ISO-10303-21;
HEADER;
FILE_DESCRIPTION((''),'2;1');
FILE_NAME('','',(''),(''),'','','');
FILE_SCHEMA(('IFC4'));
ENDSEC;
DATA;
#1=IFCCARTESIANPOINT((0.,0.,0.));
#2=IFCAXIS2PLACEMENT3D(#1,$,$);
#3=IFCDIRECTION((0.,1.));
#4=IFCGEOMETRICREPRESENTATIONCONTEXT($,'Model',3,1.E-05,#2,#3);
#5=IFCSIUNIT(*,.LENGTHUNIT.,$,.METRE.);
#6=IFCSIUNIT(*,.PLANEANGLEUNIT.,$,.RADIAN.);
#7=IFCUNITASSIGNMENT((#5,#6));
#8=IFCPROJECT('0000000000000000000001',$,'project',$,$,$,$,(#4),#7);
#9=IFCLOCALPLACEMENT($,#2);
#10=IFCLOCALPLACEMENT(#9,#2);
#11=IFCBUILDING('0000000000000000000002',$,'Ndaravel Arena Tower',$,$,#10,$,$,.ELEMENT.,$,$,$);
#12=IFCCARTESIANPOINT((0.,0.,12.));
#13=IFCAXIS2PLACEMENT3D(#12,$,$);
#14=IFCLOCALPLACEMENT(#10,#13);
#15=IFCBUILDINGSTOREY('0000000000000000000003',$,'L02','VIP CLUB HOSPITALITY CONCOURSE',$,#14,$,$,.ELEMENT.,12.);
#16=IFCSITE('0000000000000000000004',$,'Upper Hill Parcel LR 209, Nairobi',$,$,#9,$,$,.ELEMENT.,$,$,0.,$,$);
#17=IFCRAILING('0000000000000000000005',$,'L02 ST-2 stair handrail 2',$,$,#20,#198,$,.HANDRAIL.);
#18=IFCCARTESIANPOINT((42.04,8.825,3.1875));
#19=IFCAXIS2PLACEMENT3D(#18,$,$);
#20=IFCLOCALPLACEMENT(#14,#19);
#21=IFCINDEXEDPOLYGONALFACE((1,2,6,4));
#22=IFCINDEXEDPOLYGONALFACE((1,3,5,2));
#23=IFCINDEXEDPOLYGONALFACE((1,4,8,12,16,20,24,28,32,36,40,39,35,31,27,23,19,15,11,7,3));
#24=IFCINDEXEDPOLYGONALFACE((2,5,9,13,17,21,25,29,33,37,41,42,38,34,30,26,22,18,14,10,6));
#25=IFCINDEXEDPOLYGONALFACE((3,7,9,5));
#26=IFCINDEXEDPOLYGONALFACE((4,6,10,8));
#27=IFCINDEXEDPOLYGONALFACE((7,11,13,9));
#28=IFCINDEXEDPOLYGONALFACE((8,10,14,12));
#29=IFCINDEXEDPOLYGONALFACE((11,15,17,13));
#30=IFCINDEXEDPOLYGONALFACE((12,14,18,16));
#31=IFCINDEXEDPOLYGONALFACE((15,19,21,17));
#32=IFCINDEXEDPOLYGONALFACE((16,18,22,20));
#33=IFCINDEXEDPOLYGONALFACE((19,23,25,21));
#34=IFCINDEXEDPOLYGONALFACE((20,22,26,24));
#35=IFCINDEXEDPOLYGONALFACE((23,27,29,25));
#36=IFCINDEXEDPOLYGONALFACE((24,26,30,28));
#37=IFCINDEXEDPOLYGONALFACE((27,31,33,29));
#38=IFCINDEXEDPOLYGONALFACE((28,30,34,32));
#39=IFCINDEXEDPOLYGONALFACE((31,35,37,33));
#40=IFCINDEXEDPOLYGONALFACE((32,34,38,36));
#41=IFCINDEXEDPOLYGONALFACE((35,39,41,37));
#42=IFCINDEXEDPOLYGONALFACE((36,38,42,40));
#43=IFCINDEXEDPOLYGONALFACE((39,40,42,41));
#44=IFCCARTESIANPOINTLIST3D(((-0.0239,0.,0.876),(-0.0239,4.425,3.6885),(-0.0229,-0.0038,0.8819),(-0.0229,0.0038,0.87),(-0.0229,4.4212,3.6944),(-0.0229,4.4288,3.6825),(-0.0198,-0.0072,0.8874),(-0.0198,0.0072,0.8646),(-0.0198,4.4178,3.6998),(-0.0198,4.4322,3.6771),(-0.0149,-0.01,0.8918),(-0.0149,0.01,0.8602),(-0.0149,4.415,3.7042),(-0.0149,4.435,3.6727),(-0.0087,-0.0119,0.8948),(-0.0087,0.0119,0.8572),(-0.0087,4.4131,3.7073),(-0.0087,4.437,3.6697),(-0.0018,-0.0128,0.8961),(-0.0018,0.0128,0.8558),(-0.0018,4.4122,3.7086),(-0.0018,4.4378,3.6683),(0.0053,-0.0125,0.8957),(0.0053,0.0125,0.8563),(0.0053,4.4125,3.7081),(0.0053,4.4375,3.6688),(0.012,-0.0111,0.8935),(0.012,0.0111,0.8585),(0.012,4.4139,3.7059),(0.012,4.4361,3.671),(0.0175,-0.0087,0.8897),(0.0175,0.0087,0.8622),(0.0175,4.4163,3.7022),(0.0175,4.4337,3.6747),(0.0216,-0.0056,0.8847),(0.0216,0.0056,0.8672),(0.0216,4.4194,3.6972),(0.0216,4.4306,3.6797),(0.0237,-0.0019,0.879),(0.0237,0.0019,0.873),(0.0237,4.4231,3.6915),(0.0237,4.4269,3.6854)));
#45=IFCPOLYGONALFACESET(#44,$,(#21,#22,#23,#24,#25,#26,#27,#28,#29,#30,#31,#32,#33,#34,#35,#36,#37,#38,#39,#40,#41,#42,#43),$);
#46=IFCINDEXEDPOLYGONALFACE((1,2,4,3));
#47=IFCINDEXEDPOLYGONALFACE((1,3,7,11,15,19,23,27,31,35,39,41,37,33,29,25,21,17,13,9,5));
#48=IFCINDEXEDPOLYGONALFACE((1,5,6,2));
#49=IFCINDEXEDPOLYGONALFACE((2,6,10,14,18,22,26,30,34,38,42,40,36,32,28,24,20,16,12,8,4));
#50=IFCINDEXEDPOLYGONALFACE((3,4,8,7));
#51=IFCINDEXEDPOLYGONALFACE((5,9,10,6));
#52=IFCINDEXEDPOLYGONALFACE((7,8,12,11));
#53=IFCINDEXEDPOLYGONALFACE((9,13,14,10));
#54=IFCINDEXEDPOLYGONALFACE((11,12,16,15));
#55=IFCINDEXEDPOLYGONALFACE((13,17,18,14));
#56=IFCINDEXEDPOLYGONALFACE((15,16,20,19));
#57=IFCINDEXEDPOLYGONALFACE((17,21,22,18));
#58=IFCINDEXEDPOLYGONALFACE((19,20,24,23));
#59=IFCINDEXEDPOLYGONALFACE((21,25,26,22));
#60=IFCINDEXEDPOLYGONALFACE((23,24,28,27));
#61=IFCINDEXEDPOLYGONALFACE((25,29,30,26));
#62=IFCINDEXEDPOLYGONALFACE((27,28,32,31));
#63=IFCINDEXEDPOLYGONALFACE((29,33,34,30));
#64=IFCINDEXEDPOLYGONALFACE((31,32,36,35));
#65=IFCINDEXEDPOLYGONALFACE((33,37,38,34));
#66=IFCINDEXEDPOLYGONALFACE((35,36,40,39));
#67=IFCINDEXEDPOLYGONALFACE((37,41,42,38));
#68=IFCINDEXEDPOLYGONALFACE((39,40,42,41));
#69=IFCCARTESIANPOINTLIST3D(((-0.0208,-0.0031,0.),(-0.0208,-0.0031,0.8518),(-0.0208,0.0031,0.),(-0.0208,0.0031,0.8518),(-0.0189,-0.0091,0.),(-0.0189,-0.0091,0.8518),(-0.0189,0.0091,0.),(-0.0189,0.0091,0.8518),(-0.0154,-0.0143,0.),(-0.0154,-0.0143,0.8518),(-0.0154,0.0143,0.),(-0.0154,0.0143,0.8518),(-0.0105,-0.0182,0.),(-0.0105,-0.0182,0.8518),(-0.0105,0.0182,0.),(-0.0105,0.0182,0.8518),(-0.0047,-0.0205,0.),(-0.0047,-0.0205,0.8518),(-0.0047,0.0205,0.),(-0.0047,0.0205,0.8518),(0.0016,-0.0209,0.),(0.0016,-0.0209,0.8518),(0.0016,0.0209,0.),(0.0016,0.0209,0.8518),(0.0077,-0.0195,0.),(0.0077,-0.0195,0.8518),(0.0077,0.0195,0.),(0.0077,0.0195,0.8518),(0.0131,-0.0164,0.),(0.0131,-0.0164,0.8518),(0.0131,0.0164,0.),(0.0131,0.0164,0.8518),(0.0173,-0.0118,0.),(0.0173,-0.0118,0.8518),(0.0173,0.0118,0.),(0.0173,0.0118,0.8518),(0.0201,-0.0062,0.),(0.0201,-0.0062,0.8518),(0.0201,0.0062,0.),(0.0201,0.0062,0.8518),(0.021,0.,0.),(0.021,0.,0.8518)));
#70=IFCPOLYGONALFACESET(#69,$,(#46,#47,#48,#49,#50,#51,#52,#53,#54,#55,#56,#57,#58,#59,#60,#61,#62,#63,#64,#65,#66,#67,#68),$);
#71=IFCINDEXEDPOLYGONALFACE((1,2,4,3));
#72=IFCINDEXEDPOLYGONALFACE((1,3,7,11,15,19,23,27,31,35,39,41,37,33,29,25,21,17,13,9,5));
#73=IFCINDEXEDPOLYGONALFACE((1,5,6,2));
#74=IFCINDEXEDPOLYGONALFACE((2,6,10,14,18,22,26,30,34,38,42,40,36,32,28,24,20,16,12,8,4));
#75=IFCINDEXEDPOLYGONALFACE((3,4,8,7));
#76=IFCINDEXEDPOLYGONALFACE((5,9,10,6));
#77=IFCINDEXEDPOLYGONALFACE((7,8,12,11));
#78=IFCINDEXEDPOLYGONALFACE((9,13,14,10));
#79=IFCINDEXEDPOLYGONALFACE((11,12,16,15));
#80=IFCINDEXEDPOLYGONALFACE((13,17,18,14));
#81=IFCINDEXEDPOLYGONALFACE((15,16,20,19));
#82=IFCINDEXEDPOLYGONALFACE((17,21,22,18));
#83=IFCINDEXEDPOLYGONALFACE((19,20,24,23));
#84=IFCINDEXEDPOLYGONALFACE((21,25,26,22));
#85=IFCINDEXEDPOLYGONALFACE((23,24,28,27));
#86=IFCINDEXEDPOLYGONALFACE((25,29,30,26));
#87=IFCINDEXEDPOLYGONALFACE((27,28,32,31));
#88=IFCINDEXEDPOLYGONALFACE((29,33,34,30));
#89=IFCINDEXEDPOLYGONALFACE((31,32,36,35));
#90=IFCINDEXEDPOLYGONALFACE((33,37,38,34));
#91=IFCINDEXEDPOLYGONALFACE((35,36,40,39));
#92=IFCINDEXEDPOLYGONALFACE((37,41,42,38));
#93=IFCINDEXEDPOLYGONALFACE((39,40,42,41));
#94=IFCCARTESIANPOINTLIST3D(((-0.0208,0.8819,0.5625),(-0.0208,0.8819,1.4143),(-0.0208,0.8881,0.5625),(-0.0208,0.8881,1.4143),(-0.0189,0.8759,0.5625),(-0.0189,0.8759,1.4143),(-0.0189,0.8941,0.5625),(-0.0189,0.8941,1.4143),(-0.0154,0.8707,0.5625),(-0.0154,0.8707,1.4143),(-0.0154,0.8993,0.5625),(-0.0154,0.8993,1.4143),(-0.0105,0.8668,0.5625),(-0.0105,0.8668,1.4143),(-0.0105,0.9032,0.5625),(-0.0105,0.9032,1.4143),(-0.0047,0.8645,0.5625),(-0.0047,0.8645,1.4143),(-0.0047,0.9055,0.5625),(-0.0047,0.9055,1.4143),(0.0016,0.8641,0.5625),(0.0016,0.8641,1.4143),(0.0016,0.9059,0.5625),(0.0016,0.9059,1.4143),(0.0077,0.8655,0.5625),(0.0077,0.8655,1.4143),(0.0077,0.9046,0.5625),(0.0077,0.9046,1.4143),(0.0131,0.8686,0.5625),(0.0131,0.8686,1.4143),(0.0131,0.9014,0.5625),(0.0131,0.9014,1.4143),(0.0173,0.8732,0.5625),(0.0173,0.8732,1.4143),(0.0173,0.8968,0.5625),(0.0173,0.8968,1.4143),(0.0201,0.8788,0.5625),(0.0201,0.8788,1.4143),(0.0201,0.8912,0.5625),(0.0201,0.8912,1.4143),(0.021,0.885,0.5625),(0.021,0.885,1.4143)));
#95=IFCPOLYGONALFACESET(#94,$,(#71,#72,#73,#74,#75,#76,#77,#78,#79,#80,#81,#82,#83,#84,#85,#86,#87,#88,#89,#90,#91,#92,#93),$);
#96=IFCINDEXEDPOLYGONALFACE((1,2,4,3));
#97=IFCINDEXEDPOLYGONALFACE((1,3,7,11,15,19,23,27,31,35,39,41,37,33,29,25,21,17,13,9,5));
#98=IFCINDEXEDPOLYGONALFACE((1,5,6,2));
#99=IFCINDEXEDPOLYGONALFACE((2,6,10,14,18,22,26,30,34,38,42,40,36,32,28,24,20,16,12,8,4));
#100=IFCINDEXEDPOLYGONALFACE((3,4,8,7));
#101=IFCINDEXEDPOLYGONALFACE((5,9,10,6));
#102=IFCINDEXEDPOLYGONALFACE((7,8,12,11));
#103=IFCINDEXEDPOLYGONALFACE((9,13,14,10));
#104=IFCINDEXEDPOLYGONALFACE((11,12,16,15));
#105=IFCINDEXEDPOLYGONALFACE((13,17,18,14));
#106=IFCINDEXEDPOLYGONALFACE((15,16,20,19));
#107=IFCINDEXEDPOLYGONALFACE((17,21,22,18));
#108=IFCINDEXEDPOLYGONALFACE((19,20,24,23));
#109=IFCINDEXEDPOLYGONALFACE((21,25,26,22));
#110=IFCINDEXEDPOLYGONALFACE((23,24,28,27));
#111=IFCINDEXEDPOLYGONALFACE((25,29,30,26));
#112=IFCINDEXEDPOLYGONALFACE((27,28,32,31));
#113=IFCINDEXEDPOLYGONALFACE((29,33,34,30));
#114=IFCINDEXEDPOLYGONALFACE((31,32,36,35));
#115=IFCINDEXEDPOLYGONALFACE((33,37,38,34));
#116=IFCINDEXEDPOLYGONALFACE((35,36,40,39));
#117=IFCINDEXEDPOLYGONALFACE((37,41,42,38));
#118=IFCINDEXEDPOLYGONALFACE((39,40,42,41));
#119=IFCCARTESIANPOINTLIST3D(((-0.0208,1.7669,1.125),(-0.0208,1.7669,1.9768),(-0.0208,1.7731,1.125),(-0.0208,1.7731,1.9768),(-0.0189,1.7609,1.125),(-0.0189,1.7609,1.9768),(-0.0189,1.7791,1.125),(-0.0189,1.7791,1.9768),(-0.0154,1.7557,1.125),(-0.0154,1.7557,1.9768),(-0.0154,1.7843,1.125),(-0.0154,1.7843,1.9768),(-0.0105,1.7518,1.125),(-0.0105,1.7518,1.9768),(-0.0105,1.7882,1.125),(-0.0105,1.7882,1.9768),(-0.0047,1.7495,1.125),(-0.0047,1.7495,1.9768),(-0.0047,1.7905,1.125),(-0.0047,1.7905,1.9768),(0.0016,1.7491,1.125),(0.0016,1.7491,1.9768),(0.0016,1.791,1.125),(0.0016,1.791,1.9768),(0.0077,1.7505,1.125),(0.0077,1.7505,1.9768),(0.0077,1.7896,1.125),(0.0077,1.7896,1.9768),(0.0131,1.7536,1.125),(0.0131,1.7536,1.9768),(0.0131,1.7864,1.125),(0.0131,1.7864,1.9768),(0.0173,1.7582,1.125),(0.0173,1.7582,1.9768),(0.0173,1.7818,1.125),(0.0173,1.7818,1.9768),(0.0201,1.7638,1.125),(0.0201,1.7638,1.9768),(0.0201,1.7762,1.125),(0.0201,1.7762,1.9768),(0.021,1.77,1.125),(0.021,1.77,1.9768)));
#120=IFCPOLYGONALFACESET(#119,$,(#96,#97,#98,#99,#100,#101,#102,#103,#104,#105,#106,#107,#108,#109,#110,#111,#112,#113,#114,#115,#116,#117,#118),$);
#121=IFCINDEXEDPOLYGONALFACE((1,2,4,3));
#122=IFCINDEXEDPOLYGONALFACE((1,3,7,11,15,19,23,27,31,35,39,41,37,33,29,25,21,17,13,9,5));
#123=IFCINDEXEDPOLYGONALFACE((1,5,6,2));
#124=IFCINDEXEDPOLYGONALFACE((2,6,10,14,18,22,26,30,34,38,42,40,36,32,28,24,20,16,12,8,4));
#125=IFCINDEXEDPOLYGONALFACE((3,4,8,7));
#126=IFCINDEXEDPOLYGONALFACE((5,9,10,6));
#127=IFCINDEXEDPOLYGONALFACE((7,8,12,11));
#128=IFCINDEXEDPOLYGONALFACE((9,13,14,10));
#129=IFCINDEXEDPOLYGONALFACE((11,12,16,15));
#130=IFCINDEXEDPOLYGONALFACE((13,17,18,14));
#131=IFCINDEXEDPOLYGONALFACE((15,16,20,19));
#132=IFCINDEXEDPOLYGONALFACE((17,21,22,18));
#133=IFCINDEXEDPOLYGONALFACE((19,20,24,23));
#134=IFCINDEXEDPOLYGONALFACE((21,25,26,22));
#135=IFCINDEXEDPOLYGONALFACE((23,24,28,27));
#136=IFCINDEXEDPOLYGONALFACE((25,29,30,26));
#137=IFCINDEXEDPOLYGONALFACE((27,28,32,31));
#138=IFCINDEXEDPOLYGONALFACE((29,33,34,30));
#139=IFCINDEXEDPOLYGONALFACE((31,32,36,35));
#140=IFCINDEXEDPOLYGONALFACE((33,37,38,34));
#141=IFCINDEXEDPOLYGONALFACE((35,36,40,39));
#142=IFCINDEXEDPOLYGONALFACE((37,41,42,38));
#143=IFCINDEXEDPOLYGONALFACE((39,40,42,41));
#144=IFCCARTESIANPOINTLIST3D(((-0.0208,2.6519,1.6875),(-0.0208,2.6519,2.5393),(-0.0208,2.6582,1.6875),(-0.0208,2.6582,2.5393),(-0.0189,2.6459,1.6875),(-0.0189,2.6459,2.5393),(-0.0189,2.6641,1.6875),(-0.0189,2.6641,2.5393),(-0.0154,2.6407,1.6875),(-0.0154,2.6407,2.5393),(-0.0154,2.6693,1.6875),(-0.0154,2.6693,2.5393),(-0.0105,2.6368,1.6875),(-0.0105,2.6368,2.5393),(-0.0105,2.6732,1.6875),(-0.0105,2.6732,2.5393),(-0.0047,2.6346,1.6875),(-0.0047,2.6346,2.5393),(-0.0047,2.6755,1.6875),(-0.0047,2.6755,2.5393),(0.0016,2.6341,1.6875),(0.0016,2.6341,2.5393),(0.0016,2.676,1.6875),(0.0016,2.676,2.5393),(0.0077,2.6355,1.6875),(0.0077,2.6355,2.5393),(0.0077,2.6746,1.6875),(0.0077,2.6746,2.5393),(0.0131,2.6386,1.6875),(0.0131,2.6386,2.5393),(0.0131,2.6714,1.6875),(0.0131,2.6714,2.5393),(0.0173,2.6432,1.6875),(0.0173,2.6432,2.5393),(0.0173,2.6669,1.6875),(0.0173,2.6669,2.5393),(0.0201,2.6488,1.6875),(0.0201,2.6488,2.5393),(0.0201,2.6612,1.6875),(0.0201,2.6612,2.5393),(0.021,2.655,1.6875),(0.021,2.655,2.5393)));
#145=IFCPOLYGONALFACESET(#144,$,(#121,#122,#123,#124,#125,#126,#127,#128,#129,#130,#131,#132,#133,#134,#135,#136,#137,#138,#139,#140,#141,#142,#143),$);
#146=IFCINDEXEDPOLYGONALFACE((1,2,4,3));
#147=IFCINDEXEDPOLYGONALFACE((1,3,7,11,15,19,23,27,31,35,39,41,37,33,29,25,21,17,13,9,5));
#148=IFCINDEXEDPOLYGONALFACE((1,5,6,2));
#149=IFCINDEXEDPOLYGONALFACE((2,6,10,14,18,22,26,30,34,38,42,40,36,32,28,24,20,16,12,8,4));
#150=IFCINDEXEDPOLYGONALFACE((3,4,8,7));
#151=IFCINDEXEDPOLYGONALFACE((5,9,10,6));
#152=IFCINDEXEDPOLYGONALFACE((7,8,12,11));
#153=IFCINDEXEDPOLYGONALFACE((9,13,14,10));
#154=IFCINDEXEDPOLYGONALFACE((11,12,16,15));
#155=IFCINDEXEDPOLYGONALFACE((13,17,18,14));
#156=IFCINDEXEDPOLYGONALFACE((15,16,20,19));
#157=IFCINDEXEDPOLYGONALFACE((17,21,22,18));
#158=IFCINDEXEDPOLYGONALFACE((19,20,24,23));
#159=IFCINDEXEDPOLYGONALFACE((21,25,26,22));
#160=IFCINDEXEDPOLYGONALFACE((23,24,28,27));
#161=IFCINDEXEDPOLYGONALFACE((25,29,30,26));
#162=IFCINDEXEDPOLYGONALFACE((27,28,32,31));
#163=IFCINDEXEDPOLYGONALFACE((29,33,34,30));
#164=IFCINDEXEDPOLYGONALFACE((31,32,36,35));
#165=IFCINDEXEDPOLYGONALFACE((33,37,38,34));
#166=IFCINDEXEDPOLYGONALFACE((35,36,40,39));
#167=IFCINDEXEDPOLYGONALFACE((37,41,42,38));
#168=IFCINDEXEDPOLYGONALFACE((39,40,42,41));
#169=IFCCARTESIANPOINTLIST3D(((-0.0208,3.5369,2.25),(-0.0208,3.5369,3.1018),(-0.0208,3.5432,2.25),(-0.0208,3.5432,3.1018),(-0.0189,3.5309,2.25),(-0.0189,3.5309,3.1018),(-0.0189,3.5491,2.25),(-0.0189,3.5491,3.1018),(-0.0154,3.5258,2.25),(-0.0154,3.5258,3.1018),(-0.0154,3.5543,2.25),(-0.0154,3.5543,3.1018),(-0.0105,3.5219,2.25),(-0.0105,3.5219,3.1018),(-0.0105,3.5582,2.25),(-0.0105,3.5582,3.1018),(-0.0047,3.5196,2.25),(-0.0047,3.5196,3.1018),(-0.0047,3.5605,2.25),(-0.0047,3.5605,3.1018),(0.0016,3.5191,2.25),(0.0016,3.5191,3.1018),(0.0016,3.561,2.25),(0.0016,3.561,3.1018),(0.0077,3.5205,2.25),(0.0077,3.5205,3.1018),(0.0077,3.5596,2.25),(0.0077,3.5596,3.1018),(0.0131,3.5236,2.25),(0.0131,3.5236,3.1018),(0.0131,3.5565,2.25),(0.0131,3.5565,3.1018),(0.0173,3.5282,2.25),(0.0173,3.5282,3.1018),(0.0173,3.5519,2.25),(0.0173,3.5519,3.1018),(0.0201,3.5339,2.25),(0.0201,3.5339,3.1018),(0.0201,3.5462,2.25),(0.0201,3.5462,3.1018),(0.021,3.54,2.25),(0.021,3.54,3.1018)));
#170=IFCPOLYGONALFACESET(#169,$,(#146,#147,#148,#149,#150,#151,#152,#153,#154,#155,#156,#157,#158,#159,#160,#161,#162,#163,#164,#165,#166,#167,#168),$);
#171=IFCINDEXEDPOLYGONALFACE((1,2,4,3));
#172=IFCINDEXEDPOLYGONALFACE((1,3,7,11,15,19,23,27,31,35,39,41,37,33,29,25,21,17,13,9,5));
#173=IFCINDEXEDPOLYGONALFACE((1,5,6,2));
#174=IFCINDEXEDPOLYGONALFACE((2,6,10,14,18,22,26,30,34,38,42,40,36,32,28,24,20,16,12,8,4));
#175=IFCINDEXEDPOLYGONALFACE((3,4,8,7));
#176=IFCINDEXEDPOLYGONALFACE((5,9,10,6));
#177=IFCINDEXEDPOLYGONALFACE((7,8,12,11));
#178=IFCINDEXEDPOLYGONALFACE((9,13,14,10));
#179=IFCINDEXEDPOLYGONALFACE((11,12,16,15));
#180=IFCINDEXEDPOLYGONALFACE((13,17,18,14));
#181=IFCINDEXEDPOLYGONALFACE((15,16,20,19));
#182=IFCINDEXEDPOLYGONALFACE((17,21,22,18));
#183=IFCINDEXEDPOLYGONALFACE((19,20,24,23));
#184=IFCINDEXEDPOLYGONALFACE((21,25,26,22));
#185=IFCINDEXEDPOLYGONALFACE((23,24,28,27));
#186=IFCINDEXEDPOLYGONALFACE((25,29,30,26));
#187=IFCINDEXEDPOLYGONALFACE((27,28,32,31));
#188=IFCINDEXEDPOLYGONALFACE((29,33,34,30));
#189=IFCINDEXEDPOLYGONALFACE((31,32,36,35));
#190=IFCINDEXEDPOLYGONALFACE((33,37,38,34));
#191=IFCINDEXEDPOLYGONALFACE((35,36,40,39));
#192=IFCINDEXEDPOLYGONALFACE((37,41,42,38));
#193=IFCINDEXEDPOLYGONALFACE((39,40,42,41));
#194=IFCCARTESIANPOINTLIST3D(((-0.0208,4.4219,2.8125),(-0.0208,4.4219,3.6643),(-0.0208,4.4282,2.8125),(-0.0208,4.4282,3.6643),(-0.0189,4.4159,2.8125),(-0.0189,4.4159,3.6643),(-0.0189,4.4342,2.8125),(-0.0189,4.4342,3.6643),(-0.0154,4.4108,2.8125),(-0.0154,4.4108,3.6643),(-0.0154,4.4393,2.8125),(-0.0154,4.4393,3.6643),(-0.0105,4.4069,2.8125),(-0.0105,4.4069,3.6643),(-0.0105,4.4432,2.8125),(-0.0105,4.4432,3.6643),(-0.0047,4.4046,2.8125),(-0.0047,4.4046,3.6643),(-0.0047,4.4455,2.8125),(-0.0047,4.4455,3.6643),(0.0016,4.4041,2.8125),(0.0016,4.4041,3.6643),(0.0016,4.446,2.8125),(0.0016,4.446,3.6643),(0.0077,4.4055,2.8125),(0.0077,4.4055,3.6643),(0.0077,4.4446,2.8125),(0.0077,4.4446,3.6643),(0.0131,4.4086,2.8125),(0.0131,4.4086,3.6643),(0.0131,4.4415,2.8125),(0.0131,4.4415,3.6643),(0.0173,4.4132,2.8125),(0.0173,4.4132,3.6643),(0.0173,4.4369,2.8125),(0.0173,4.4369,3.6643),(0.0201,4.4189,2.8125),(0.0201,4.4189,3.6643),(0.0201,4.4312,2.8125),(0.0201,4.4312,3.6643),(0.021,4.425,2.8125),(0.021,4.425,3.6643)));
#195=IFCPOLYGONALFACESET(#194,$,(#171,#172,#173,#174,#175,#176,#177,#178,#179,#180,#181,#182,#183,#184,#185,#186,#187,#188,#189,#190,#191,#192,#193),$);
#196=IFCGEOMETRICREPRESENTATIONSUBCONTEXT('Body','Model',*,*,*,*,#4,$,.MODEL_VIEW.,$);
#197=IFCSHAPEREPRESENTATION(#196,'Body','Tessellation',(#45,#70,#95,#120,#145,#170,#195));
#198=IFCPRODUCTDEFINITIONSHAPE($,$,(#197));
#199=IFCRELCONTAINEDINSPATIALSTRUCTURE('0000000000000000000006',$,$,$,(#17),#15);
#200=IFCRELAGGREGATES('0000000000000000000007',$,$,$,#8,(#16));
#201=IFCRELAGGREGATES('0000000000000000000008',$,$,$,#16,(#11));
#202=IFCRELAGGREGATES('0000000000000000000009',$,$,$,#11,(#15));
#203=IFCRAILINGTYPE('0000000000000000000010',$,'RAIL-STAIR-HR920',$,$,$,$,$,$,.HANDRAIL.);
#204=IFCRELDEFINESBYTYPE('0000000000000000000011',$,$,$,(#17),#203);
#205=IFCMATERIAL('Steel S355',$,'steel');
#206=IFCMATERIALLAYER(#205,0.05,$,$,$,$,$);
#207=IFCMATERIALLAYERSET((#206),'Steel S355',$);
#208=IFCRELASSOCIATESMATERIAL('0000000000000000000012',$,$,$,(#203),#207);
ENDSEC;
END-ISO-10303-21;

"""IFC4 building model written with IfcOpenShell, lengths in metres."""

from ifc_helpers import new_model, si_unit, direction, frame, origin, origin_2d, place, context, subcontext, project, spatial, circle, extrude, material, layer, layer_set, type_object, element, save


model = new_model("IFC4")

# Units and contexts
model_context = context("Model", 3, precision=1e-05, world=origin(), true_north=direction((0.0, 1.0)))
body_context = subcontext(model_context, "Body", "Model", "MODEL_VIEW")
ifc_project = project(units=[si_unit("LENGTHUNIT", "METRE"), si_unit("PLANEANGLEUNIT", "RADIAN")], contexts=[model_context])

# Site, building, storey
site_placement = place(None, origin())
site = spatial("IfcSite", under=ifc_project, at=site_placement, Name="Upper Hill Parcel LR 209, Nairobi", CompositionType="ELEMENT", RefElevation=0.0)
building_placement = place(site_placement, origin())
building = spatial("IfcBuilding", under=site, at=building_placement, Name="Ndaravel Arena Tower", CompositionType="ELEMENT")
storey_placement = place(building_placement, frame((0.0, 0.0, 12.0)))
storey = spatial("IfcBuildingStorey", under=building, at=storey_placement, Name="L02", Description="VIP CLUB HOSPITALITY CONCOURSE", CompositionType="ELEMENT", Elevation=12.0)

# Railing
ifc_material_1 = material(Name="Steel S355", Category="steel")
ifc_layer_1 = layer(ifc_material_1, 0.05)
ifc_layer_set_1 = layer_set([ifc_layer_1], Name="Steel S355")
railing_type_1 = type_object("IfcRailingType", Name="RAIL-STAIR-HR920", PredefinedType="HANDRAIL", material=ifc_layer_set_1)
railing_1_placement = place(storey_placement, frame((42.04, 8.825, 3.1875)))
element("IfcRailing", 1, at=railing_1_placement, inside=storey, type_object=railing_type_1, Name="L02 ST-2 stair handrail 2", PredefinedType="HANDRAIL", context=body_context, shape_type="SweptSolid", body=[
    extrude(circle(Radius=0.0239, at=origin_2d()), frame((0.0, 0.0, 0.876), z_axis=(0.0, 0.843959, 0.536408), x_axis=(-1.0, 0.0, 0.0)), (0.0, 0.0, 1.0), 5.2432),
    extrude(circle(Radius=0.021, at=origin_2d()), origin(), (0.0, 0.0, 1.0), 0.8518),
    extrude(circle(Radius=0.021, at=origin_2d()), frame((0.0, 0.885, 0.5625)), (0.0, 0.0, 1.0), 0.8518),
    extrude(circle(Radius=0.021, at=origin_2d()), frame((0.0, 1.77, 1.125)), (0.0, 0.0, 1.0), 0.8518),
    extrude(circle(Radius=0.021, at=origin_2d()), frame((0.0, 2.655, 1.6875)), (0.0, 0.0, 1.0), 0.8518),
    extrude(circle(Radius=0.021, at=origin_2d()), frame((0.0, 3.54, 2.25)), (0.0, 0.0, 1.0), 0.8518),
    extrude(circle(Radius=0.021, at=origin_2d()), frame((0.0, 4.425, 2.8125)), (0.0, 0.0, 1.0), 0.8518),
])

save(model, "model.ifc")
